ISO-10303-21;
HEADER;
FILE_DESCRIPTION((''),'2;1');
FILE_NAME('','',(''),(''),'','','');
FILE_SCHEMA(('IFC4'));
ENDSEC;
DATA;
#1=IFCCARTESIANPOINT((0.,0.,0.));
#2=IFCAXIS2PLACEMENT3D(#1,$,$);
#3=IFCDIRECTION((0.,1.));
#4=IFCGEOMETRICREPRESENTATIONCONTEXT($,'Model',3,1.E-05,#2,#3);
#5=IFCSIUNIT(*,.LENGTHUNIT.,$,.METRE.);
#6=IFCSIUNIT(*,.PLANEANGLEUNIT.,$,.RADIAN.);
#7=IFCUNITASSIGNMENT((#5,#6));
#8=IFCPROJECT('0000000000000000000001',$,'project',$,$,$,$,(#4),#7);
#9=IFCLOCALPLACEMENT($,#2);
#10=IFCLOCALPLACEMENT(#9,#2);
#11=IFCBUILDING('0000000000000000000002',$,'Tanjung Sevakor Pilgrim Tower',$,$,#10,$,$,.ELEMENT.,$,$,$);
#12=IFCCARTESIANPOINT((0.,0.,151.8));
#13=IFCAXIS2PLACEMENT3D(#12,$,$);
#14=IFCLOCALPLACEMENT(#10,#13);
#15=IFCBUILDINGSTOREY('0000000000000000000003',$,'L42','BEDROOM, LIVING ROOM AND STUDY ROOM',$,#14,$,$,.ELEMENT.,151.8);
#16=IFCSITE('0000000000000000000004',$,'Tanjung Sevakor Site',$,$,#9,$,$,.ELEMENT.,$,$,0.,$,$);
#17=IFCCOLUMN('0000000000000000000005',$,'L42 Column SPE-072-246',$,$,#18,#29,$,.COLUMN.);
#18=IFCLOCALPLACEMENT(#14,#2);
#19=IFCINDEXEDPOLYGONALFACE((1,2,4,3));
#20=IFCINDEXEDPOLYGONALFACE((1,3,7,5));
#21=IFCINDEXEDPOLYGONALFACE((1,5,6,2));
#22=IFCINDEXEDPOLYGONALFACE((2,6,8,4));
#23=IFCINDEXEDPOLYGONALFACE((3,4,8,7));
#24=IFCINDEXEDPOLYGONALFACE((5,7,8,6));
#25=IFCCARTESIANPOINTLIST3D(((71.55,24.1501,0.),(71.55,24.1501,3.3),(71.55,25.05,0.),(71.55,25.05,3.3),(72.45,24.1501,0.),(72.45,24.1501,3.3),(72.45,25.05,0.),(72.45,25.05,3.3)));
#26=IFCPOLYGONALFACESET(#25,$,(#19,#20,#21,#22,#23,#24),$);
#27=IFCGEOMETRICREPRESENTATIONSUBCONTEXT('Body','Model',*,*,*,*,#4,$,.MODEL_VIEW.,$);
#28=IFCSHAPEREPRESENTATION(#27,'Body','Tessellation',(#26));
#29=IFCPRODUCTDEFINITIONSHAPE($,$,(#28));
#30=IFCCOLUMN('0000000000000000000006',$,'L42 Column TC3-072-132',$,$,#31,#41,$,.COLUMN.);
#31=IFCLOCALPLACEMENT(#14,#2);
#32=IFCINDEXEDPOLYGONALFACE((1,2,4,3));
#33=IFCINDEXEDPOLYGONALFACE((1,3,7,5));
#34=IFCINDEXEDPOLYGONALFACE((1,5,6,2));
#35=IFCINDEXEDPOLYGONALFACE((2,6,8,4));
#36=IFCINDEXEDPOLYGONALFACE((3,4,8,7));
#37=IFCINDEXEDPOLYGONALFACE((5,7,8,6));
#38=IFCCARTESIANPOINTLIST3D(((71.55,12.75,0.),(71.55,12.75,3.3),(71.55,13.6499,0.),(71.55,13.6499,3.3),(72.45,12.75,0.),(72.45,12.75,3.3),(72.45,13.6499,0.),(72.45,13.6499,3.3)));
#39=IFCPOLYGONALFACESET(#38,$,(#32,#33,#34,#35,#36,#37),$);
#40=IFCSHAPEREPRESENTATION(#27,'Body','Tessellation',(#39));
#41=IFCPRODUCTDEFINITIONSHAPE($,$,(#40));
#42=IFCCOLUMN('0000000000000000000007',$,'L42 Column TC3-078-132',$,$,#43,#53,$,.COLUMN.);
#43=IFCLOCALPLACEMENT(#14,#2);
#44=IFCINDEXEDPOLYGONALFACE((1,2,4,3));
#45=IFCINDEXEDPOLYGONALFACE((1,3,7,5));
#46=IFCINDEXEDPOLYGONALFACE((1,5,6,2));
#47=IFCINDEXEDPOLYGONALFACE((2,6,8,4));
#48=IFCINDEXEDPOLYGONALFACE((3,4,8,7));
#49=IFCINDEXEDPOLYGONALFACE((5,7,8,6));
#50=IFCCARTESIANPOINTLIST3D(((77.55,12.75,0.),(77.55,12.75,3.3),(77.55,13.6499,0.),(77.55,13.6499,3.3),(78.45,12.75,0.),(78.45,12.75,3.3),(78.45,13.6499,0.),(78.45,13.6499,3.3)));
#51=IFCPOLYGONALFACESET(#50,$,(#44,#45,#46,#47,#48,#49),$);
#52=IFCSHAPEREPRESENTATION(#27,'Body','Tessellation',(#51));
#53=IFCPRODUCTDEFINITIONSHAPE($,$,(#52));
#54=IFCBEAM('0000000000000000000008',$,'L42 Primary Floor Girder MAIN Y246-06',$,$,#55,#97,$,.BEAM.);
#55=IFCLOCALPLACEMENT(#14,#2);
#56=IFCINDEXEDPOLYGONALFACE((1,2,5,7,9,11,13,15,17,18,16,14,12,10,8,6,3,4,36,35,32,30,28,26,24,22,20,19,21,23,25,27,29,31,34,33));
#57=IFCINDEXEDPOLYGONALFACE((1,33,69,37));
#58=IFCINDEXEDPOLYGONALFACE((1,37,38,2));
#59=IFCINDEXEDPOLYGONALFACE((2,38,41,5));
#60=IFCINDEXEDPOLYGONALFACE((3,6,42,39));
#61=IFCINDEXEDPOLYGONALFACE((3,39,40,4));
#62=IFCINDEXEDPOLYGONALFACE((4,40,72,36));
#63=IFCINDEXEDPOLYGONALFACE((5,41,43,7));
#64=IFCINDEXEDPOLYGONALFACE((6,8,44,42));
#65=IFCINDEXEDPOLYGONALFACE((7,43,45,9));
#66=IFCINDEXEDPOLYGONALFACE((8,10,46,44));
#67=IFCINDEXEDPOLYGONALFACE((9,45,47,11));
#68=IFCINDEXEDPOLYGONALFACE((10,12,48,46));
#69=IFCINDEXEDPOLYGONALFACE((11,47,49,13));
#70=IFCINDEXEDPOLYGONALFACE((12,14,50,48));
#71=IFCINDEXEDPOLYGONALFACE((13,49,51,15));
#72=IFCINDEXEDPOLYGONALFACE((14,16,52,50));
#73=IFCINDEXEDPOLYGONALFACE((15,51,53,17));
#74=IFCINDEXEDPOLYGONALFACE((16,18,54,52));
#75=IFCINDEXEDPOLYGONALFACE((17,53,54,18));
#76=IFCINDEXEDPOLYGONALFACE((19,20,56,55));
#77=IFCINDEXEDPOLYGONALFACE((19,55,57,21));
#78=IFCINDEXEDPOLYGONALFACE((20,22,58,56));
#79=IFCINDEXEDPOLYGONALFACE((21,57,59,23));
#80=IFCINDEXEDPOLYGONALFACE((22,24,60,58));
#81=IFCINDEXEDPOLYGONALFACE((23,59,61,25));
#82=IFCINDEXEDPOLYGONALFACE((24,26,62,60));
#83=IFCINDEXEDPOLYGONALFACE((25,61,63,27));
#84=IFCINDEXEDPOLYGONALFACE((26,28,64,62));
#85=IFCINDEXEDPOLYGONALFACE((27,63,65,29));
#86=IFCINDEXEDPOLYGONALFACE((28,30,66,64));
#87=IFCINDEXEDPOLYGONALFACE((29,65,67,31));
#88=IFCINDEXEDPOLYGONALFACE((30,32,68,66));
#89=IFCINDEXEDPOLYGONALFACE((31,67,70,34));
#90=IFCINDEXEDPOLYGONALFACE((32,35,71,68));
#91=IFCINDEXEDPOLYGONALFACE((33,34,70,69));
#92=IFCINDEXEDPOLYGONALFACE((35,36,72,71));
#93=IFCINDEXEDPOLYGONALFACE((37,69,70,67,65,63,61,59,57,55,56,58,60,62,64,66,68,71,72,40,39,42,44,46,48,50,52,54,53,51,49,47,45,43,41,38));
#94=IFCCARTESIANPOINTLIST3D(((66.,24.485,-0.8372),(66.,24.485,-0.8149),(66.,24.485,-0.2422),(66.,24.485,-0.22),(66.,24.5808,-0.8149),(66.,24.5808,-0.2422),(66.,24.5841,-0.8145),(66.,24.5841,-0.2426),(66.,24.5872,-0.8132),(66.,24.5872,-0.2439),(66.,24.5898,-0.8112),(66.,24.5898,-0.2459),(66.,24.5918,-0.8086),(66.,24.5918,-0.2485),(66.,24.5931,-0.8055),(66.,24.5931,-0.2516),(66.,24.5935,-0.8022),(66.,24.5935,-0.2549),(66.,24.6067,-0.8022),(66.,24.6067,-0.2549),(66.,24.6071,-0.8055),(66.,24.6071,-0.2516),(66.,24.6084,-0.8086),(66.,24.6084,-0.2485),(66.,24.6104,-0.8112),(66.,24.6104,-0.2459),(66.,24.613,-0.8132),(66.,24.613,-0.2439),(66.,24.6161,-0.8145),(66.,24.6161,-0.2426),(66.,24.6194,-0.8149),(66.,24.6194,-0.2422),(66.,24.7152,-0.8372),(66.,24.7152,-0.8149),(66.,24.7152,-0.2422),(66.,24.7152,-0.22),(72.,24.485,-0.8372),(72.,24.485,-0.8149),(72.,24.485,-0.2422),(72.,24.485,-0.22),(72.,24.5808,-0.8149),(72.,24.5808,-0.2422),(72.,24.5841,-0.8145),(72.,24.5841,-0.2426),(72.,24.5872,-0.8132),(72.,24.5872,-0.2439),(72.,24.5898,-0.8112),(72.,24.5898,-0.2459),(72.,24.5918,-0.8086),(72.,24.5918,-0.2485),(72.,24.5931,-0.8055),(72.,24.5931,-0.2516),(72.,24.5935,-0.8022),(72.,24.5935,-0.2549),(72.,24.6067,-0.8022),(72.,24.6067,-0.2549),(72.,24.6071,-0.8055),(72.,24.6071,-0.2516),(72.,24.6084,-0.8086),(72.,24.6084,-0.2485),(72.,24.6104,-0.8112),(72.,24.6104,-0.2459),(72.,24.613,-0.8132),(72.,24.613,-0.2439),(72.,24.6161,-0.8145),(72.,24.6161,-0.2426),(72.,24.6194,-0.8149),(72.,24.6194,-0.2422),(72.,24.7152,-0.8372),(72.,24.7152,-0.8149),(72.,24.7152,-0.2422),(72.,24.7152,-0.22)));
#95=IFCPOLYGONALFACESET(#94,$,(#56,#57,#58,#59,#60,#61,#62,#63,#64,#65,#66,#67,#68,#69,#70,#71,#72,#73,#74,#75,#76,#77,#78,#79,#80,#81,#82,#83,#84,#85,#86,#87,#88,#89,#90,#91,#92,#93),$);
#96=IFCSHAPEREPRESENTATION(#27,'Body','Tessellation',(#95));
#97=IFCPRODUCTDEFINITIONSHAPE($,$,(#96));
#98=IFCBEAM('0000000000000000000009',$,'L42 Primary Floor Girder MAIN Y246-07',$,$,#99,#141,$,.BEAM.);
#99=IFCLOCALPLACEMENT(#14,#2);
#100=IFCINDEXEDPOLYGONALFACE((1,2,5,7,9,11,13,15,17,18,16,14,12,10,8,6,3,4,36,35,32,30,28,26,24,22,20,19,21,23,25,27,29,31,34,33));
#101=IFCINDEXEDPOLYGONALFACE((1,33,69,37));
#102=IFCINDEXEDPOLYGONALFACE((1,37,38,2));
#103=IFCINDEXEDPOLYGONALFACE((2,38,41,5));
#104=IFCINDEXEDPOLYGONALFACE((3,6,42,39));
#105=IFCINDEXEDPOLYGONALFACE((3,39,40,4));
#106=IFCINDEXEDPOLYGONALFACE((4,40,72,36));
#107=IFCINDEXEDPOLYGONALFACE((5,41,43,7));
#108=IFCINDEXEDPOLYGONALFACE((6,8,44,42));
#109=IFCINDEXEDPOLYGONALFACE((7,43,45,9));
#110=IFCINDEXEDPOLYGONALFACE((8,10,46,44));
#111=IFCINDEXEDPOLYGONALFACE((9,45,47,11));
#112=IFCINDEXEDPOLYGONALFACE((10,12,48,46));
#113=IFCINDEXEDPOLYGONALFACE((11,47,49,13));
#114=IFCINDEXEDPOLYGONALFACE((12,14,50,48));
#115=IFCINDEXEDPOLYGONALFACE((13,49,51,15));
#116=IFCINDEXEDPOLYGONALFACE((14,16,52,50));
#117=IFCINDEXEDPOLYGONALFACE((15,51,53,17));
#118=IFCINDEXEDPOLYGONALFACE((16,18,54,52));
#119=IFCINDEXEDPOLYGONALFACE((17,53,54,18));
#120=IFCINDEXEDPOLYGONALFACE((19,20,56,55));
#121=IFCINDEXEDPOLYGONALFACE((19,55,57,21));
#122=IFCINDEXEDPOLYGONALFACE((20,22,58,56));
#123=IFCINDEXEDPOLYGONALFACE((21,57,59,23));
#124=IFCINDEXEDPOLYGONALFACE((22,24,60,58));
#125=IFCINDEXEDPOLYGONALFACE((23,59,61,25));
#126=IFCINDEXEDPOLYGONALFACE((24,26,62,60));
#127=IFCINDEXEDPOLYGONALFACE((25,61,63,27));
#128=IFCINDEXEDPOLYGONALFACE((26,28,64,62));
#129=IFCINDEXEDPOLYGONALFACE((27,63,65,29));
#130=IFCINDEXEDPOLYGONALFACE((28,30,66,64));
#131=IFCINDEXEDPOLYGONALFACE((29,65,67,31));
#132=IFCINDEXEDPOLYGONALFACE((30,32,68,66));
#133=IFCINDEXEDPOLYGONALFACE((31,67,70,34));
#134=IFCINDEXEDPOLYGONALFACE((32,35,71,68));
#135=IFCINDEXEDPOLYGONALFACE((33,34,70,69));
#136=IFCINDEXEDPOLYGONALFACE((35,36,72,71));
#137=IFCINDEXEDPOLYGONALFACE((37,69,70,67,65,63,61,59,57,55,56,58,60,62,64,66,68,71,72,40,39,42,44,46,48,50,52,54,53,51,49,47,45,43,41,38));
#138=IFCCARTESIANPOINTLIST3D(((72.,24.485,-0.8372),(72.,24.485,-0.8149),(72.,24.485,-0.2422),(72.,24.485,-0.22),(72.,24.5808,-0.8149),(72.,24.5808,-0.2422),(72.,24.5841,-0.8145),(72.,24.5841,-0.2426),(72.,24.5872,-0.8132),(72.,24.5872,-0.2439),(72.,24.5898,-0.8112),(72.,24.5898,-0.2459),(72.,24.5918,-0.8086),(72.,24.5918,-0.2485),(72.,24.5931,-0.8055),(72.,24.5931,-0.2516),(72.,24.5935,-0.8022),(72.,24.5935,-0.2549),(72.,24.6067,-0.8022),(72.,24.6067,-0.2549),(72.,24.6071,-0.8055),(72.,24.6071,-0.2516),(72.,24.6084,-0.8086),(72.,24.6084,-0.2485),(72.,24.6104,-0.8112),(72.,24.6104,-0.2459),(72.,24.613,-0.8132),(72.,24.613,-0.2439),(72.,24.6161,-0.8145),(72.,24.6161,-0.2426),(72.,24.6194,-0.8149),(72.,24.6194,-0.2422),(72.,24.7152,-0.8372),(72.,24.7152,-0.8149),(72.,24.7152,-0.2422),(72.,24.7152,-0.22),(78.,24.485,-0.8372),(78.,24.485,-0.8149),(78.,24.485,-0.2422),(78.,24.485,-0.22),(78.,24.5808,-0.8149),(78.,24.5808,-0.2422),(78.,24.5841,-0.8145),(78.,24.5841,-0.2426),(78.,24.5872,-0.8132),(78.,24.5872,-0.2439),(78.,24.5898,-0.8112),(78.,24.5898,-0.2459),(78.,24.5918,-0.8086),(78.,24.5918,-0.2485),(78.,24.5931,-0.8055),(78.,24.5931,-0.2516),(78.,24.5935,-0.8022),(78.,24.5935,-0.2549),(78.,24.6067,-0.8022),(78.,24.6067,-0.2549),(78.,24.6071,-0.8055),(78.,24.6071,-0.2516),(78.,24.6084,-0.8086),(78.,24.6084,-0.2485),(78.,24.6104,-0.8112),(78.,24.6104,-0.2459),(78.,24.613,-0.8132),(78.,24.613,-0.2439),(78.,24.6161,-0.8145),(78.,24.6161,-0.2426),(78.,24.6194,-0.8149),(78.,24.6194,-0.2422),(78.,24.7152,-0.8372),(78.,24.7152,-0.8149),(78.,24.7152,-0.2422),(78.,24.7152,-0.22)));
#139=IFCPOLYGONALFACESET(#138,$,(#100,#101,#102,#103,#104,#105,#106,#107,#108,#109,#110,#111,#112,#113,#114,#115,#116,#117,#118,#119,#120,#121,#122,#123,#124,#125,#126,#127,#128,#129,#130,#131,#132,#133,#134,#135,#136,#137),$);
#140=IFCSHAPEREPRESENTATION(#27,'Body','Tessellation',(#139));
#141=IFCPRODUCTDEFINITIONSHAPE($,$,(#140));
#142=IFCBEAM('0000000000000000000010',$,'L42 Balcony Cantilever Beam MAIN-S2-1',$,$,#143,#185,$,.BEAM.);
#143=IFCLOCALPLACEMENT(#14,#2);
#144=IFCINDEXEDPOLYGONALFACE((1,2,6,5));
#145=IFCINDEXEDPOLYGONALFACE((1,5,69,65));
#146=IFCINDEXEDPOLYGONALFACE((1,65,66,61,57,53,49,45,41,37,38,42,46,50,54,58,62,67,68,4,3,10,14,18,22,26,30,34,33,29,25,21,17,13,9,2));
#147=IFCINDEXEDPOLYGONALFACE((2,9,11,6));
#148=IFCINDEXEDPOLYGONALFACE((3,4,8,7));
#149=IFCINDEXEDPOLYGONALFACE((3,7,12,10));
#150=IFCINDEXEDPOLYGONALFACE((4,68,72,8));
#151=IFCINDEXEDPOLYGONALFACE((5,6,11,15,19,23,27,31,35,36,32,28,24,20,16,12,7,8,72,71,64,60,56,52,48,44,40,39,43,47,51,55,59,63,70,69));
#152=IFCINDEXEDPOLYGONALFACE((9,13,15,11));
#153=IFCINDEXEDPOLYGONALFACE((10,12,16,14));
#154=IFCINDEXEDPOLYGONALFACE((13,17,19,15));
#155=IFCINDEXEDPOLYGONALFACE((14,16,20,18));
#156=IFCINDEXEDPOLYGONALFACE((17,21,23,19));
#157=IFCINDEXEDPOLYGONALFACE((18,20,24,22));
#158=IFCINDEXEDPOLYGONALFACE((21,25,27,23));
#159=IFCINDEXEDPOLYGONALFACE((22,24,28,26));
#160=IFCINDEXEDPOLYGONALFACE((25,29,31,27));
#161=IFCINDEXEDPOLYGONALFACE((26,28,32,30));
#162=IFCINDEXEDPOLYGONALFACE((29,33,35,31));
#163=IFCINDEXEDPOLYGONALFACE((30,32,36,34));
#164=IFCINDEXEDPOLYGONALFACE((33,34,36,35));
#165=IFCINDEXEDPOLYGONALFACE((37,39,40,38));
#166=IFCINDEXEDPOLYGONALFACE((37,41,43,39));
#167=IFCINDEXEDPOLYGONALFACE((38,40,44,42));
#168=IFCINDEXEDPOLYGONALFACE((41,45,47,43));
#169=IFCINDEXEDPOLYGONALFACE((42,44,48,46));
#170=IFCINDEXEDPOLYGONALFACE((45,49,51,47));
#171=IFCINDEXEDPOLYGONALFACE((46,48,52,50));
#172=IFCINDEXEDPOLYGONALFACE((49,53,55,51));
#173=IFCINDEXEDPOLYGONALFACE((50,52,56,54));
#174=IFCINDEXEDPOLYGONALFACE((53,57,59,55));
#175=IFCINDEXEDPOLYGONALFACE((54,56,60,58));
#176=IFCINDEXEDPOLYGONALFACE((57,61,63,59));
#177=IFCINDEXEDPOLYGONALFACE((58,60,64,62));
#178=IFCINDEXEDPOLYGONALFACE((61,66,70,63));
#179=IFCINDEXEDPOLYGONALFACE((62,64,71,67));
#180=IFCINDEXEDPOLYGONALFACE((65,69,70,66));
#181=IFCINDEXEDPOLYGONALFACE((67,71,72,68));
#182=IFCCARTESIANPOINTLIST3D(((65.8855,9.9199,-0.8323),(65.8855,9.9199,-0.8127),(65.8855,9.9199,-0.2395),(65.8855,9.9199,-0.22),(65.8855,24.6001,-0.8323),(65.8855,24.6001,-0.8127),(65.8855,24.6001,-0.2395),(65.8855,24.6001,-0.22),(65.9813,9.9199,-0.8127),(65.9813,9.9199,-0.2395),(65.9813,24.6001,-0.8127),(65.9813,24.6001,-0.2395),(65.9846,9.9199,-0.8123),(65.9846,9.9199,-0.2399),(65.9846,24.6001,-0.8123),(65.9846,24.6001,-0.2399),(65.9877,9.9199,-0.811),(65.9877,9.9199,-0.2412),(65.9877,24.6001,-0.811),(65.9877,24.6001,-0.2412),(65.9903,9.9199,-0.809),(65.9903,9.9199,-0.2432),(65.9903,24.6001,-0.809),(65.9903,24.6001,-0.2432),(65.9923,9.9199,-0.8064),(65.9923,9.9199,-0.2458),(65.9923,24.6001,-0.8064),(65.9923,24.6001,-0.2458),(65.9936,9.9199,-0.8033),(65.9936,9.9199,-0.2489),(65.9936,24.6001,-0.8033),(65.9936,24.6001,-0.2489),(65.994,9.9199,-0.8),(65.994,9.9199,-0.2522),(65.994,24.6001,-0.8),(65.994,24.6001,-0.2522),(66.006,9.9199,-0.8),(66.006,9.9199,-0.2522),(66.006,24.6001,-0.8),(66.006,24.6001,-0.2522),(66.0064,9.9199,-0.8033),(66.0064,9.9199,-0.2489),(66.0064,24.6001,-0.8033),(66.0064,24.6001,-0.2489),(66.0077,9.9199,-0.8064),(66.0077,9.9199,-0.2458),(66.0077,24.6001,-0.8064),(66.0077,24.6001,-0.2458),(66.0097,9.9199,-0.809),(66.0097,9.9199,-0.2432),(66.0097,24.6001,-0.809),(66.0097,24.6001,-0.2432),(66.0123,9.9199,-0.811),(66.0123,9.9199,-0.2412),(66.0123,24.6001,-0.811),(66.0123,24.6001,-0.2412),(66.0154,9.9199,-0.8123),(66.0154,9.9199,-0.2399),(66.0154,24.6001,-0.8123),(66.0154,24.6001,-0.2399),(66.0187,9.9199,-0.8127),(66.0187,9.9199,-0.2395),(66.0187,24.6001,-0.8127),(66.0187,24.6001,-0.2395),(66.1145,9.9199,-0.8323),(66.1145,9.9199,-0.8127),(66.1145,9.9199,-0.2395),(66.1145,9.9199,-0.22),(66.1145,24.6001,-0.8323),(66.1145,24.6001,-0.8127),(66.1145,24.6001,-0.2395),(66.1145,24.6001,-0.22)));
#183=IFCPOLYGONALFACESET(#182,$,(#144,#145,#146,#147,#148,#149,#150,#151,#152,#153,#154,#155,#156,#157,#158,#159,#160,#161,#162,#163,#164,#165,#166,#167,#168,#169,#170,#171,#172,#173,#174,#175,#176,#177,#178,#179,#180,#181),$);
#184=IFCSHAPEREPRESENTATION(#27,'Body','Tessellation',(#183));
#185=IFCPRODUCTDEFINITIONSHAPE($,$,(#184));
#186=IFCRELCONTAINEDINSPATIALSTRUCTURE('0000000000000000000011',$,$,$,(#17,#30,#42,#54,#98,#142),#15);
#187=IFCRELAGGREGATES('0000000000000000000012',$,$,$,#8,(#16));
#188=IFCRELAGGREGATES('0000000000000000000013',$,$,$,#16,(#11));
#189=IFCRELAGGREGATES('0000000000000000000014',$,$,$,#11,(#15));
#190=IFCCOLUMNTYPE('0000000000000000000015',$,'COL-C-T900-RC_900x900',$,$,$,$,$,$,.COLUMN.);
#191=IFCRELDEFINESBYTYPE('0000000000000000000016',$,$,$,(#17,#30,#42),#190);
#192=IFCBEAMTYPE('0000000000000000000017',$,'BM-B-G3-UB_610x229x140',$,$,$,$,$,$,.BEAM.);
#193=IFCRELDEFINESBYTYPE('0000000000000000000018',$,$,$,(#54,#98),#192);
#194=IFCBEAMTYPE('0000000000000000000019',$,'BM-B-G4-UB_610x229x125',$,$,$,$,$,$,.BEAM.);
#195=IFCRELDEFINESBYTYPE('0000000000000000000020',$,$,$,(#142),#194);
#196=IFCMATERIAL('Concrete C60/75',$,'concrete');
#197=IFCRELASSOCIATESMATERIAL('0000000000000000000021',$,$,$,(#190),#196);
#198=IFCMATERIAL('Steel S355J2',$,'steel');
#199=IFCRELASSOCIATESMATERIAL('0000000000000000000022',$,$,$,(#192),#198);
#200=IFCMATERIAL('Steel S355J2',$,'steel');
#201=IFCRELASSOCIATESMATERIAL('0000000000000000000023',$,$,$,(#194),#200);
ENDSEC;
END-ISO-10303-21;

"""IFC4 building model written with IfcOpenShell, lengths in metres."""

from ifc_helpers import new_model, si_unit, direction, frame, origin, origin_2d, place, context, subcontext, project, spatial, rectangle, i_section, extrude, material, material_profile, profile_set, type_object, element, save


model = new_model("IFC4")

# Units and contexts
model_context = context("Model", 3, precision=1e-05, world=origin(), true_north=direction((0.0, 1.0)))
body_context = subcontext(model_context, "Body", "Model", "MODEL_VIEW")
ifc_project = project(units=[si_unit("LENGTHUNIT", "METRE"), si_unit("PLANEANGLEUNIT", "RADIAN")], contexts=[model_context])

# Site, building, storey
site_placement = place(None, origin())
site = spatial("IfcSite", under=ifc_project, at=site_placement, Name="Tanjung Sevakor Site", CompositionType="ELEMENT", RefElevation=0.0)
building_placement = place(site_placement, origin())
building = spatial("IfcBuilding", under=site, at=building_placement, Name="Tanjung Sevakor Pilgrim Tower", CompositionType="ELEMENT")
storey_placement = place(building_placement, frame((0.0, 0.0, 151.8)))
storey = spatial("IfcBuildingStorey", under=building, at=storey_placement, Name="L42", Description="BEDROOM, LIVING ROOM AND STUDY ROOM", CompositionType="ELEMENT", Elevation=151.8)

# Columns
ifc_material_1 = material(Name="Concrete C60/75", Category="concrete")
ifc_material_profile_1 = material_profile(ifc_material_1, rectangle(XDim=0.8999, YDim=0.8999, at=origin_2d()))
ifc_profile_set_1 = profile_set([ifc_material_profile_1], Name="Concrete C60/75")
column_type = type_object("IfcColumnType", Name="COL-C-T900-RC_900x900", PredefinedType="COLUMN", material=ifc_profile_set_1)
for number, where, z_axis, x_axis, name in (
    (1, (72.0, 24.6001, 0.0), (0.0, 0.0, 1.0), (1.0, 0.0, 0.0), "L42 Column SPE-072-246"),
    (2, (72.0, 13.2, 0.0), (0.0, 0.0, 1.0), (1.0, 0.0, 0.0), "L42 Column TC3-072-132"),
    (3, (78.0, 13.2, 0.0), (0.0, 0.0, 1.0), (1.0, 0.0, 0.0), "L42 Column TC3-078-132"),
):
    element("IfcColumn", number, at=place(storey_placement, frame(where, z_axis=z_axis, x_axis=x_axis)), inside=storey, type_object=column_type, Name=name, PredefinedType="COLUMN", context=body_context, shape_type="SweptSolid", body=[
        extrude(rectangle(XDim=0.8999, YDim=0.8999, at=origin_2d()), origin(), (0.0, 0.0, 1.0), 3.3),
    ])

# Beams
ifc_material_2 = material(Name="Steel S355J2", Category="steel")
ifc_material_profile_2 = material_profile(ifc_material_2, i_section(OverallWidth=0.2302, OverallDepth=0.6172, WebThickness=0.0132, FlangeThickness=0.0222, FilletRadius=0.0127, at=origin_2d()))
ifc_profile_set_2 = profile_set([ifc_material_profile_2], Name="Steel S355J2")
beam_type_1 = type_object("IfcBeamType", Name="BM-B-G3-UB_610x229x140", PredefinedType="BEAM", material=ifc_profile_set_2)
for number, where, z_axis, x_axis, name in (
    (4, (66.0, 24.6001, -0.5286), (1.0, 0.0, 0.0), (0.0, 1.0, 0.0), "L42 Primary Floor Girder MAIN Y246-06"),
    (5, (72.0, 24.6001, -0.5286), (1.0, 0.0, 0.0), (0.0, 1.0, 0.0), "L42 Primary Floor Girder MAIN Y246-07"),
):
    element("IfcBeam", number, at=place(storey_placement, frame(where, z_axis=z_axis, x_axis=x_axis)), inside=storey, type_object=beam_type_1, Name=name, PredefinedType="BEAM", context=body_context, shape_type="SweptSolid", body=[
        extrude(i_section(OverallWidth=0.2302, OverallDepth=0.6172, WebThickness=0.0132, FlangeThickness=0.0222, FilletRadius=0.0127, at=origin_2d()), origin(), (0.0, 0.0, 1.0), 6.0),
    ])
ifc_material_3 = material(Name="Steel S355J2", Category="steel")
ifc_material_profile_3 = material_profile(ifc_material_3, i_section(OverallWidth=0.229, OverallDepth=0.6123, WebThickness=0.012, FlangeThickness=0.0195, FilletRadius=0.0127, at=origin_2d()))
ifc_profile_set_3 = profile_set([ifc_material_profile_3], Name="Steel S355J2")
beam_type_2 = type_object("IfcBeamType", Name="BM-B-G4-UB_610x229x125", PredefinedType="BEAM", material=ifc_profile_set_3)
for number, where, z_axis, x_axis, name in (
    (6, (66.0, 24.6001, -0.5261), (0.0, -1.0, 0.0), (1.0, 0.0, 0.0), "L42 Balcony Cantilever Beam MAIN-S2-1"),
):
    element("IfcBeam", number, at=place(storey_placement, frame(where, z_axis=z_axis, x_axis=x_axis)), inside=storey, type_object=beam_type_2, Name=name, PredefinedType="BEAM", context=body_context, shape_type="SweptSolid", body=[
        extrude(i_section(OverallWidth=0.229, OverallDepth=0.6123, WebThickness=0.012, FlangeThickness=0.0195, FilletRadius=0.0127, at=origin_2d()), origin(), (0.0, 0.0, 1.0), 14.6802),
    ])

save(model, "model.ifc")
